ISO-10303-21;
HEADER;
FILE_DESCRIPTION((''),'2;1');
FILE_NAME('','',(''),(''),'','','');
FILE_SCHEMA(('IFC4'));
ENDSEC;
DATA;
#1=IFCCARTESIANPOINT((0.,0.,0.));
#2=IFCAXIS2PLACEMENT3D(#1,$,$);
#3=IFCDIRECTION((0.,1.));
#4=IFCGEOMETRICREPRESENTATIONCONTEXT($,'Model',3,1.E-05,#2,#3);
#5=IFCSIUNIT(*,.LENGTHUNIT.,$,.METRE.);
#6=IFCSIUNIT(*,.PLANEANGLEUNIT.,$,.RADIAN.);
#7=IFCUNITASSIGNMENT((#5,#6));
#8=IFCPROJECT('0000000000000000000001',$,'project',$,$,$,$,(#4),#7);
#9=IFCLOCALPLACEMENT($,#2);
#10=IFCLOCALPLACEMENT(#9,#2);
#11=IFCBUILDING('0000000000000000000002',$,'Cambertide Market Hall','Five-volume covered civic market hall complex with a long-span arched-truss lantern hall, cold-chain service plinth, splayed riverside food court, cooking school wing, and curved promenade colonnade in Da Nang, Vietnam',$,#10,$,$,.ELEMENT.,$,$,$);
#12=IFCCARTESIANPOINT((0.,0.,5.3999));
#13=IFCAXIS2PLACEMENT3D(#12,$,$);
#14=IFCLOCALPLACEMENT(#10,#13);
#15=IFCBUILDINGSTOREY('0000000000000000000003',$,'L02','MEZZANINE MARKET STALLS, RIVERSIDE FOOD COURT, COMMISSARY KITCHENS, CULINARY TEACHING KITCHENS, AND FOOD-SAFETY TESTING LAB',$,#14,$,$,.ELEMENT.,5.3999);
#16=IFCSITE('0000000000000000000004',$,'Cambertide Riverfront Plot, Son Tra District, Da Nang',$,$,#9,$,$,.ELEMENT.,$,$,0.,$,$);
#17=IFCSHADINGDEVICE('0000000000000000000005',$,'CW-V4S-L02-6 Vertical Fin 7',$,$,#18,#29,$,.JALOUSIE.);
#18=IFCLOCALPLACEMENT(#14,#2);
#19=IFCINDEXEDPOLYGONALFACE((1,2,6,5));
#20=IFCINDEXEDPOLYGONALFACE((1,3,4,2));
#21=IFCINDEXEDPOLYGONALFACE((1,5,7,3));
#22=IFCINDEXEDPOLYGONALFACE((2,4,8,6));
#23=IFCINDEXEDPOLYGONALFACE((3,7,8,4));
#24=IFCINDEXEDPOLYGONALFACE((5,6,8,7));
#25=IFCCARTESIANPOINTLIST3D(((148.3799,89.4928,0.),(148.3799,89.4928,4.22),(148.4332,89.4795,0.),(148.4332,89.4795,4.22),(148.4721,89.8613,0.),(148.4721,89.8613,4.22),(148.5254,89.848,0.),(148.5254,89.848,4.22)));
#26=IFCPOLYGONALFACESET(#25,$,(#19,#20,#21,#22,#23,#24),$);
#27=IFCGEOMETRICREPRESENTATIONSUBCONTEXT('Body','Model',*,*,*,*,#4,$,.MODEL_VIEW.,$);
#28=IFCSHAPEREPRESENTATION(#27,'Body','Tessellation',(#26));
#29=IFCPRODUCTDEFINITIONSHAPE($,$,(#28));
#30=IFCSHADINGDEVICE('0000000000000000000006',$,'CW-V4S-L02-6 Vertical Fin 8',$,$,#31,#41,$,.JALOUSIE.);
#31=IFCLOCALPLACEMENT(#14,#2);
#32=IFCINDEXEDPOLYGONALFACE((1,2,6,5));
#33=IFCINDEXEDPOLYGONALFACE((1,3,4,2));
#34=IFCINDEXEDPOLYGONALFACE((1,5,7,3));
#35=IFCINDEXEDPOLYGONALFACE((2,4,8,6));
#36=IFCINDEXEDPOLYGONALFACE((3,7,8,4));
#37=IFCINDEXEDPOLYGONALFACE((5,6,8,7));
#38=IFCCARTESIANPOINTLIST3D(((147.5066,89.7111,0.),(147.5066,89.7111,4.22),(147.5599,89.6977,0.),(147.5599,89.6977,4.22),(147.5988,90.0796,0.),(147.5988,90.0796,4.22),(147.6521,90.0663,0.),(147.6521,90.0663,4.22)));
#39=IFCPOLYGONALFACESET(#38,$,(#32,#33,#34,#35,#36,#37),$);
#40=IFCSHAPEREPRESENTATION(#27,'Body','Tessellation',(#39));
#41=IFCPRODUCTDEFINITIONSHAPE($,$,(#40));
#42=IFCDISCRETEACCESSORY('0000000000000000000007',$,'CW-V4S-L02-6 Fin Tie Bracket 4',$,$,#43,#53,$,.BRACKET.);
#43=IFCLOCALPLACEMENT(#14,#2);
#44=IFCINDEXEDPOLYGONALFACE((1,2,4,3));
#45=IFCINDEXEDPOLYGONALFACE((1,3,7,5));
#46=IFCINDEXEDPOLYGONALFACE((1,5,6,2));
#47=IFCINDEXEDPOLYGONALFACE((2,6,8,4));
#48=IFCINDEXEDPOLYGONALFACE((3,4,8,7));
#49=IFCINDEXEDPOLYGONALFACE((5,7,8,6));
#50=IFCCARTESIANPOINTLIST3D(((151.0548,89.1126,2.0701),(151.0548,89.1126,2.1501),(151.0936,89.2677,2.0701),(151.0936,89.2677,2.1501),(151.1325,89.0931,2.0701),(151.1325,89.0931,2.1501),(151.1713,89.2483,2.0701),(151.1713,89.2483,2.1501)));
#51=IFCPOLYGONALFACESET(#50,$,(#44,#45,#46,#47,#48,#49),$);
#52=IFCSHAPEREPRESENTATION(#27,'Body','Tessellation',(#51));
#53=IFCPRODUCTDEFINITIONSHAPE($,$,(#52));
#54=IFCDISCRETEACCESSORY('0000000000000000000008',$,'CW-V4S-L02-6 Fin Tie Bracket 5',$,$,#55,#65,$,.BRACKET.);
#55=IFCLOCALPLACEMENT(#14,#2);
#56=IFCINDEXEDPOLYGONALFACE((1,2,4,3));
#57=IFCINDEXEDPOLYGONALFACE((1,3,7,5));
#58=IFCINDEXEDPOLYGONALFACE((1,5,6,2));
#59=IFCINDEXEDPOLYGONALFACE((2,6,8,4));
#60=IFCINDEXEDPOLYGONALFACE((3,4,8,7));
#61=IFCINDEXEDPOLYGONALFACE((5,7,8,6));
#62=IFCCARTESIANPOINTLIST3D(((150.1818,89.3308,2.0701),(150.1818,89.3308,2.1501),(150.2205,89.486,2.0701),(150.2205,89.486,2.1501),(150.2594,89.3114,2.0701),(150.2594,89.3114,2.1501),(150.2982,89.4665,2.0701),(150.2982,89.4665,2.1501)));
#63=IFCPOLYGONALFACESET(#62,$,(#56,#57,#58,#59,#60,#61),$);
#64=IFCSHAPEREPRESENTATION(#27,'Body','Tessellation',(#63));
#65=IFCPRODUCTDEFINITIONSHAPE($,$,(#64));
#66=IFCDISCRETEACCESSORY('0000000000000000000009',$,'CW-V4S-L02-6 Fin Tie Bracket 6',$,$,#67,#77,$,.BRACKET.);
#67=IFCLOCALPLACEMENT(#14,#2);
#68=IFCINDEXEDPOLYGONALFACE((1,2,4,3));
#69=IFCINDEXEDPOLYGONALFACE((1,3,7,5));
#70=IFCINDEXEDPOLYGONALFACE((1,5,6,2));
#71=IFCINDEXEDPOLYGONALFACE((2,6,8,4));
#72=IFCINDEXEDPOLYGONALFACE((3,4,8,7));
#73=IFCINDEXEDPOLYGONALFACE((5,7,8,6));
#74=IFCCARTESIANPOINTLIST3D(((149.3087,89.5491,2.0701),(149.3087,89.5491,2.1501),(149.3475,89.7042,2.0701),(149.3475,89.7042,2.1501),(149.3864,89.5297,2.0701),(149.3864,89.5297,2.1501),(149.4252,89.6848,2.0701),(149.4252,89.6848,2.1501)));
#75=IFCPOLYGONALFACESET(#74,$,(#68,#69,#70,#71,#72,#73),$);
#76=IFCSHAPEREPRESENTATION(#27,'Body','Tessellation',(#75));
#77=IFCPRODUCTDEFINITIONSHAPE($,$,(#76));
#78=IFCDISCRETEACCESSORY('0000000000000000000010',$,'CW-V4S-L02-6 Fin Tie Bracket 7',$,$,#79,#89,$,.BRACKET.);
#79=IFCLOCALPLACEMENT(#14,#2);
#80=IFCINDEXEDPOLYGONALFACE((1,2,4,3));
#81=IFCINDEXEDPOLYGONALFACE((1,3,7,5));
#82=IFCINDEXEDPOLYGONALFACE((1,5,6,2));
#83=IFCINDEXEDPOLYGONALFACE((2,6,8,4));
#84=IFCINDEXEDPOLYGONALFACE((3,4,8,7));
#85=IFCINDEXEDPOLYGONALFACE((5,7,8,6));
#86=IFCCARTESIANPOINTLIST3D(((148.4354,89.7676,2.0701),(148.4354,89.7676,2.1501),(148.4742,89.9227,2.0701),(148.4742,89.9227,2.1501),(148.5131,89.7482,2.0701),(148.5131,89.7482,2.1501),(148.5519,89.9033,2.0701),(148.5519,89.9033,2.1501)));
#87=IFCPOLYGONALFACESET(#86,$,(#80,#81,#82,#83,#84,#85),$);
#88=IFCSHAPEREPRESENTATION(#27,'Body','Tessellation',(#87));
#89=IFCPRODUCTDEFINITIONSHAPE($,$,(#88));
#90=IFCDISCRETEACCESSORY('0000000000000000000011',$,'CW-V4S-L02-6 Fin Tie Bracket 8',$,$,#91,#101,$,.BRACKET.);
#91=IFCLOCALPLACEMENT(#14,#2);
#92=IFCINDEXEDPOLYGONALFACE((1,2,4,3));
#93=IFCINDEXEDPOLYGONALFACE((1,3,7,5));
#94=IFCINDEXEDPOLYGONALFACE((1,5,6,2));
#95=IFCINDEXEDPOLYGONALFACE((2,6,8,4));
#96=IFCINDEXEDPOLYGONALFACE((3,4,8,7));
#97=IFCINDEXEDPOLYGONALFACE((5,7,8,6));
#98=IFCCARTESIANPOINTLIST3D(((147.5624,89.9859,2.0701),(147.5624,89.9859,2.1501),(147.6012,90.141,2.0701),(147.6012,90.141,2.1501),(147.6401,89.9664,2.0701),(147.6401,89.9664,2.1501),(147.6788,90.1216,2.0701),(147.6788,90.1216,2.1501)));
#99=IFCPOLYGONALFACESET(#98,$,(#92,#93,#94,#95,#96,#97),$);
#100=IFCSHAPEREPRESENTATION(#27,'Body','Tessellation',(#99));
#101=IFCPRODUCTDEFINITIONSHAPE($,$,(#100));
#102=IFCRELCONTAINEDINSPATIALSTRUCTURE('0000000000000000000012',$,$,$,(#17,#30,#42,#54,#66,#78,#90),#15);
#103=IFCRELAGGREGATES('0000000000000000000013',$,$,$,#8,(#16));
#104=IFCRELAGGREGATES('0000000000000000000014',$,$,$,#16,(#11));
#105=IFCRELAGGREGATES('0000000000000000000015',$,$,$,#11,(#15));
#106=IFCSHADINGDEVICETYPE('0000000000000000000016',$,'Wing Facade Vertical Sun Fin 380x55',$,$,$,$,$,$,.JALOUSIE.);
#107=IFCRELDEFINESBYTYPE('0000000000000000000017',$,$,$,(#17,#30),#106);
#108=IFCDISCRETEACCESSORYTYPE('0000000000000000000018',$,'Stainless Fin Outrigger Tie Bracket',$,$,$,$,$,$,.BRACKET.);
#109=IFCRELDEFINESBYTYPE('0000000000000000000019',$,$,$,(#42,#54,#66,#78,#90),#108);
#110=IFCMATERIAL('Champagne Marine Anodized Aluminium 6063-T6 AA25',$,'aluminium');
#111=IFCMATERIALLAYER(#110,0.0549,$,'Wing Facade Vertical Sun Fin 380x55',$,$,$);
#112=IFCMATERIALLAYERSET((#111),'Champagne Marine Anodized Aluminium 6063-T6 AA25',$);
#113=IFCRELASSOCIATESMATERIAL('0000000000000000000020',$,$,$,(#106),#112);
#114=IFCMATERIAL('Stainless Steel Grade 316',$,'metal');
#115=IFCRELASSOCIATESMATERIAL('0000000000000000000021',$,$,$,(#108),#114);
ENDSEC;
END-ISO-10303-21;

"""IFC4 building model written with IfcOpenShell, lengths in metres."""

from ifc_helpers import new_model, si_unit, direction, frame, origin, origin_2d, place, context, subcontext, project, spatial, rectangle, extrude, material, layer, layer_set, type_object, element, save


model = new_model("IFC4")

# Units and contexts
model_context = context("Model", 3, precision=1e-05, world=origin(), true_north=direction((0.0, 1.0)))
body_context = subcontext(model_context, "Body", "Model", "MODEL_VIEW")
ifc_project = project(units=[si_unit("LENGTHUNIT", "METRE"), si_unit("PLANEANGLEUNIT", "RADIAN")], contexts=[model_context])

# Site, building, storey
site_placement = place(None, origin())
site = spatial("IfcSite", under=ifc_project, at=site_placement, Name="Cambertide Riverfront Plot, Son Tra District, Da Nang", CompositionType="ELEMENT", RefElevation=0.0)
building_placement = place(site_placement, origin())
building = spatial("IfcBuilding", under=site, at=building_placement, Name="Cambertide Market Hall", Description="Five-volume covered civic market hall complex with a long-span arched-truss lantern hall, cold-chain service plinth, splayed riverside food court, cooking school wing, and curved promenade colonnade in Da Nang, Vietnam", CompositionType="ELEMENT")
storey_placement = place(building_placement, frame((0.0, 0.0, 5.3999)))
storey = spatial("IfcBuildingStorey", under=building, at=storey_placement, Name="L02", Description="MEZZANINE MARKET STALLS, RIVERSIDE FOOD COURT, COMMISSARY KITCHENS, CULINARY TEACHING KITCHENS, AND FOOD-SAFETY TESTING LAB", CompositionType="ELEMENT", Elevation=5.3999)

# Shading devices
ifc_material_1 = material(Name="Champagne Marine Anodized Aluminium 6063-T6 AA25", Category="aluminium")
ifc_layer_1 = layer(ifc_material_1, 0.0549, Name="Wing Facade Vertical Sun Fin 380x55")
ifc_layer_set_1 = layer_set([ifc_layer_1], Name="Champagne Marine Anodized Aluminium 6063-T6 AA25")
shading_device_type = type_object("IfcShadingDeviceType", Name="Wing Facade Vertical Sun Fin 380x55", PredefinedType="JALOUSIE", material=ifc_layer_set_1)
for number, where, z_axis, x_axis, name in (
    (1, (148.4526, 89.6704, 0.0), (0.0, 0.0, 1.0), (-0.970143, 0.242535, 0.0), "CW-V4S-L02-6 Vertical Fin 7"),
    (2, (147.5793, 89.8887, 0.0), (0.0, 0.0, 1.0), (-0.970143, 0.242535, 0.0), "CW-V4S-L02-6 Vertical Fin 8"),
):
    element("IfcShadingDevice", number, at=place(storey_placement, frame(where, z_axis=z_axis, x_axis=x_axis)), inside=storey, type_object=shading_device_type, Name=name, PredefinedType="JALOUSIE", context=body_context, shape_type="SweptSolid", body=[
        extrude(rectangle(XDim=0.0549, YDim=0.3799, at=origin_2d()), origin(), (0.0, 0.0, 1.0), 4.22),
    ])

# Discrete accessories
ifc_material_2 = material(Name="Stainless Steel Grade 316", Category="metal")
discrete_accessory_type = type_object("IfcDiscreteAccessoryType", Name="Stainless Fin Outrigger Tie Bracket", PredefinedType="BRACKET", material=ifc_material_2)
for number, where, z_axis, x_axis, name in (
    (3, (151.113, 89.1804, 2.0701), (0.0, 0.0, 1.0), (-0.970143, 0.242535, 0.0), "CW-V4S-L02-6 Fin Tie Bracket 4"),
    (4, (150.24, 89.3987, 2.0701), (0.0, 0.0, 1.0), (-0.970143, 0.242535, 0.0), "CW-V4S-L02-6 Fin Tie Bracket 5"),
    (5, (149.3669, 89.6169, 2.0701), (0.0, 0.0, 1.0), (-0.970143, 0.242535, 0.0), "CW-V4S-L02-6 Fin Tie Bracket 6"),
    (6, (148.4937, 89.8354, 2.0701), (0.0, 0.0, 1.0), (-0.970143, 0.242535, 0.0), "CW-V4S-L02-6 Fin Tie Bracket 7"),
    (7, (147.6206, 90.0537, 2.0701), (0.0, 0.0, 1.0), (-0.970143, 0.242535, 0.0), "CW-V4S-L02-6 Fin Tie Bracket 8"),
):
    element("IfcDiscreteAccessory", number, at=place(storey_placement, frame(where, z_axis=z_axis, x_axis=x_axis)), inside=storey, type_object=discrete_accessory_type, Name=name, PredefinedType="BRACKET", context=body_context, shape_type="SweptSolid", body=[
        extrude(rectangle(XDim=0.0801, YDim=0.1599, at=origin_2d()), origin(), (0.0, 0.0, 1.0), 0.0801),
    ])

save(model, "model.ifc")
